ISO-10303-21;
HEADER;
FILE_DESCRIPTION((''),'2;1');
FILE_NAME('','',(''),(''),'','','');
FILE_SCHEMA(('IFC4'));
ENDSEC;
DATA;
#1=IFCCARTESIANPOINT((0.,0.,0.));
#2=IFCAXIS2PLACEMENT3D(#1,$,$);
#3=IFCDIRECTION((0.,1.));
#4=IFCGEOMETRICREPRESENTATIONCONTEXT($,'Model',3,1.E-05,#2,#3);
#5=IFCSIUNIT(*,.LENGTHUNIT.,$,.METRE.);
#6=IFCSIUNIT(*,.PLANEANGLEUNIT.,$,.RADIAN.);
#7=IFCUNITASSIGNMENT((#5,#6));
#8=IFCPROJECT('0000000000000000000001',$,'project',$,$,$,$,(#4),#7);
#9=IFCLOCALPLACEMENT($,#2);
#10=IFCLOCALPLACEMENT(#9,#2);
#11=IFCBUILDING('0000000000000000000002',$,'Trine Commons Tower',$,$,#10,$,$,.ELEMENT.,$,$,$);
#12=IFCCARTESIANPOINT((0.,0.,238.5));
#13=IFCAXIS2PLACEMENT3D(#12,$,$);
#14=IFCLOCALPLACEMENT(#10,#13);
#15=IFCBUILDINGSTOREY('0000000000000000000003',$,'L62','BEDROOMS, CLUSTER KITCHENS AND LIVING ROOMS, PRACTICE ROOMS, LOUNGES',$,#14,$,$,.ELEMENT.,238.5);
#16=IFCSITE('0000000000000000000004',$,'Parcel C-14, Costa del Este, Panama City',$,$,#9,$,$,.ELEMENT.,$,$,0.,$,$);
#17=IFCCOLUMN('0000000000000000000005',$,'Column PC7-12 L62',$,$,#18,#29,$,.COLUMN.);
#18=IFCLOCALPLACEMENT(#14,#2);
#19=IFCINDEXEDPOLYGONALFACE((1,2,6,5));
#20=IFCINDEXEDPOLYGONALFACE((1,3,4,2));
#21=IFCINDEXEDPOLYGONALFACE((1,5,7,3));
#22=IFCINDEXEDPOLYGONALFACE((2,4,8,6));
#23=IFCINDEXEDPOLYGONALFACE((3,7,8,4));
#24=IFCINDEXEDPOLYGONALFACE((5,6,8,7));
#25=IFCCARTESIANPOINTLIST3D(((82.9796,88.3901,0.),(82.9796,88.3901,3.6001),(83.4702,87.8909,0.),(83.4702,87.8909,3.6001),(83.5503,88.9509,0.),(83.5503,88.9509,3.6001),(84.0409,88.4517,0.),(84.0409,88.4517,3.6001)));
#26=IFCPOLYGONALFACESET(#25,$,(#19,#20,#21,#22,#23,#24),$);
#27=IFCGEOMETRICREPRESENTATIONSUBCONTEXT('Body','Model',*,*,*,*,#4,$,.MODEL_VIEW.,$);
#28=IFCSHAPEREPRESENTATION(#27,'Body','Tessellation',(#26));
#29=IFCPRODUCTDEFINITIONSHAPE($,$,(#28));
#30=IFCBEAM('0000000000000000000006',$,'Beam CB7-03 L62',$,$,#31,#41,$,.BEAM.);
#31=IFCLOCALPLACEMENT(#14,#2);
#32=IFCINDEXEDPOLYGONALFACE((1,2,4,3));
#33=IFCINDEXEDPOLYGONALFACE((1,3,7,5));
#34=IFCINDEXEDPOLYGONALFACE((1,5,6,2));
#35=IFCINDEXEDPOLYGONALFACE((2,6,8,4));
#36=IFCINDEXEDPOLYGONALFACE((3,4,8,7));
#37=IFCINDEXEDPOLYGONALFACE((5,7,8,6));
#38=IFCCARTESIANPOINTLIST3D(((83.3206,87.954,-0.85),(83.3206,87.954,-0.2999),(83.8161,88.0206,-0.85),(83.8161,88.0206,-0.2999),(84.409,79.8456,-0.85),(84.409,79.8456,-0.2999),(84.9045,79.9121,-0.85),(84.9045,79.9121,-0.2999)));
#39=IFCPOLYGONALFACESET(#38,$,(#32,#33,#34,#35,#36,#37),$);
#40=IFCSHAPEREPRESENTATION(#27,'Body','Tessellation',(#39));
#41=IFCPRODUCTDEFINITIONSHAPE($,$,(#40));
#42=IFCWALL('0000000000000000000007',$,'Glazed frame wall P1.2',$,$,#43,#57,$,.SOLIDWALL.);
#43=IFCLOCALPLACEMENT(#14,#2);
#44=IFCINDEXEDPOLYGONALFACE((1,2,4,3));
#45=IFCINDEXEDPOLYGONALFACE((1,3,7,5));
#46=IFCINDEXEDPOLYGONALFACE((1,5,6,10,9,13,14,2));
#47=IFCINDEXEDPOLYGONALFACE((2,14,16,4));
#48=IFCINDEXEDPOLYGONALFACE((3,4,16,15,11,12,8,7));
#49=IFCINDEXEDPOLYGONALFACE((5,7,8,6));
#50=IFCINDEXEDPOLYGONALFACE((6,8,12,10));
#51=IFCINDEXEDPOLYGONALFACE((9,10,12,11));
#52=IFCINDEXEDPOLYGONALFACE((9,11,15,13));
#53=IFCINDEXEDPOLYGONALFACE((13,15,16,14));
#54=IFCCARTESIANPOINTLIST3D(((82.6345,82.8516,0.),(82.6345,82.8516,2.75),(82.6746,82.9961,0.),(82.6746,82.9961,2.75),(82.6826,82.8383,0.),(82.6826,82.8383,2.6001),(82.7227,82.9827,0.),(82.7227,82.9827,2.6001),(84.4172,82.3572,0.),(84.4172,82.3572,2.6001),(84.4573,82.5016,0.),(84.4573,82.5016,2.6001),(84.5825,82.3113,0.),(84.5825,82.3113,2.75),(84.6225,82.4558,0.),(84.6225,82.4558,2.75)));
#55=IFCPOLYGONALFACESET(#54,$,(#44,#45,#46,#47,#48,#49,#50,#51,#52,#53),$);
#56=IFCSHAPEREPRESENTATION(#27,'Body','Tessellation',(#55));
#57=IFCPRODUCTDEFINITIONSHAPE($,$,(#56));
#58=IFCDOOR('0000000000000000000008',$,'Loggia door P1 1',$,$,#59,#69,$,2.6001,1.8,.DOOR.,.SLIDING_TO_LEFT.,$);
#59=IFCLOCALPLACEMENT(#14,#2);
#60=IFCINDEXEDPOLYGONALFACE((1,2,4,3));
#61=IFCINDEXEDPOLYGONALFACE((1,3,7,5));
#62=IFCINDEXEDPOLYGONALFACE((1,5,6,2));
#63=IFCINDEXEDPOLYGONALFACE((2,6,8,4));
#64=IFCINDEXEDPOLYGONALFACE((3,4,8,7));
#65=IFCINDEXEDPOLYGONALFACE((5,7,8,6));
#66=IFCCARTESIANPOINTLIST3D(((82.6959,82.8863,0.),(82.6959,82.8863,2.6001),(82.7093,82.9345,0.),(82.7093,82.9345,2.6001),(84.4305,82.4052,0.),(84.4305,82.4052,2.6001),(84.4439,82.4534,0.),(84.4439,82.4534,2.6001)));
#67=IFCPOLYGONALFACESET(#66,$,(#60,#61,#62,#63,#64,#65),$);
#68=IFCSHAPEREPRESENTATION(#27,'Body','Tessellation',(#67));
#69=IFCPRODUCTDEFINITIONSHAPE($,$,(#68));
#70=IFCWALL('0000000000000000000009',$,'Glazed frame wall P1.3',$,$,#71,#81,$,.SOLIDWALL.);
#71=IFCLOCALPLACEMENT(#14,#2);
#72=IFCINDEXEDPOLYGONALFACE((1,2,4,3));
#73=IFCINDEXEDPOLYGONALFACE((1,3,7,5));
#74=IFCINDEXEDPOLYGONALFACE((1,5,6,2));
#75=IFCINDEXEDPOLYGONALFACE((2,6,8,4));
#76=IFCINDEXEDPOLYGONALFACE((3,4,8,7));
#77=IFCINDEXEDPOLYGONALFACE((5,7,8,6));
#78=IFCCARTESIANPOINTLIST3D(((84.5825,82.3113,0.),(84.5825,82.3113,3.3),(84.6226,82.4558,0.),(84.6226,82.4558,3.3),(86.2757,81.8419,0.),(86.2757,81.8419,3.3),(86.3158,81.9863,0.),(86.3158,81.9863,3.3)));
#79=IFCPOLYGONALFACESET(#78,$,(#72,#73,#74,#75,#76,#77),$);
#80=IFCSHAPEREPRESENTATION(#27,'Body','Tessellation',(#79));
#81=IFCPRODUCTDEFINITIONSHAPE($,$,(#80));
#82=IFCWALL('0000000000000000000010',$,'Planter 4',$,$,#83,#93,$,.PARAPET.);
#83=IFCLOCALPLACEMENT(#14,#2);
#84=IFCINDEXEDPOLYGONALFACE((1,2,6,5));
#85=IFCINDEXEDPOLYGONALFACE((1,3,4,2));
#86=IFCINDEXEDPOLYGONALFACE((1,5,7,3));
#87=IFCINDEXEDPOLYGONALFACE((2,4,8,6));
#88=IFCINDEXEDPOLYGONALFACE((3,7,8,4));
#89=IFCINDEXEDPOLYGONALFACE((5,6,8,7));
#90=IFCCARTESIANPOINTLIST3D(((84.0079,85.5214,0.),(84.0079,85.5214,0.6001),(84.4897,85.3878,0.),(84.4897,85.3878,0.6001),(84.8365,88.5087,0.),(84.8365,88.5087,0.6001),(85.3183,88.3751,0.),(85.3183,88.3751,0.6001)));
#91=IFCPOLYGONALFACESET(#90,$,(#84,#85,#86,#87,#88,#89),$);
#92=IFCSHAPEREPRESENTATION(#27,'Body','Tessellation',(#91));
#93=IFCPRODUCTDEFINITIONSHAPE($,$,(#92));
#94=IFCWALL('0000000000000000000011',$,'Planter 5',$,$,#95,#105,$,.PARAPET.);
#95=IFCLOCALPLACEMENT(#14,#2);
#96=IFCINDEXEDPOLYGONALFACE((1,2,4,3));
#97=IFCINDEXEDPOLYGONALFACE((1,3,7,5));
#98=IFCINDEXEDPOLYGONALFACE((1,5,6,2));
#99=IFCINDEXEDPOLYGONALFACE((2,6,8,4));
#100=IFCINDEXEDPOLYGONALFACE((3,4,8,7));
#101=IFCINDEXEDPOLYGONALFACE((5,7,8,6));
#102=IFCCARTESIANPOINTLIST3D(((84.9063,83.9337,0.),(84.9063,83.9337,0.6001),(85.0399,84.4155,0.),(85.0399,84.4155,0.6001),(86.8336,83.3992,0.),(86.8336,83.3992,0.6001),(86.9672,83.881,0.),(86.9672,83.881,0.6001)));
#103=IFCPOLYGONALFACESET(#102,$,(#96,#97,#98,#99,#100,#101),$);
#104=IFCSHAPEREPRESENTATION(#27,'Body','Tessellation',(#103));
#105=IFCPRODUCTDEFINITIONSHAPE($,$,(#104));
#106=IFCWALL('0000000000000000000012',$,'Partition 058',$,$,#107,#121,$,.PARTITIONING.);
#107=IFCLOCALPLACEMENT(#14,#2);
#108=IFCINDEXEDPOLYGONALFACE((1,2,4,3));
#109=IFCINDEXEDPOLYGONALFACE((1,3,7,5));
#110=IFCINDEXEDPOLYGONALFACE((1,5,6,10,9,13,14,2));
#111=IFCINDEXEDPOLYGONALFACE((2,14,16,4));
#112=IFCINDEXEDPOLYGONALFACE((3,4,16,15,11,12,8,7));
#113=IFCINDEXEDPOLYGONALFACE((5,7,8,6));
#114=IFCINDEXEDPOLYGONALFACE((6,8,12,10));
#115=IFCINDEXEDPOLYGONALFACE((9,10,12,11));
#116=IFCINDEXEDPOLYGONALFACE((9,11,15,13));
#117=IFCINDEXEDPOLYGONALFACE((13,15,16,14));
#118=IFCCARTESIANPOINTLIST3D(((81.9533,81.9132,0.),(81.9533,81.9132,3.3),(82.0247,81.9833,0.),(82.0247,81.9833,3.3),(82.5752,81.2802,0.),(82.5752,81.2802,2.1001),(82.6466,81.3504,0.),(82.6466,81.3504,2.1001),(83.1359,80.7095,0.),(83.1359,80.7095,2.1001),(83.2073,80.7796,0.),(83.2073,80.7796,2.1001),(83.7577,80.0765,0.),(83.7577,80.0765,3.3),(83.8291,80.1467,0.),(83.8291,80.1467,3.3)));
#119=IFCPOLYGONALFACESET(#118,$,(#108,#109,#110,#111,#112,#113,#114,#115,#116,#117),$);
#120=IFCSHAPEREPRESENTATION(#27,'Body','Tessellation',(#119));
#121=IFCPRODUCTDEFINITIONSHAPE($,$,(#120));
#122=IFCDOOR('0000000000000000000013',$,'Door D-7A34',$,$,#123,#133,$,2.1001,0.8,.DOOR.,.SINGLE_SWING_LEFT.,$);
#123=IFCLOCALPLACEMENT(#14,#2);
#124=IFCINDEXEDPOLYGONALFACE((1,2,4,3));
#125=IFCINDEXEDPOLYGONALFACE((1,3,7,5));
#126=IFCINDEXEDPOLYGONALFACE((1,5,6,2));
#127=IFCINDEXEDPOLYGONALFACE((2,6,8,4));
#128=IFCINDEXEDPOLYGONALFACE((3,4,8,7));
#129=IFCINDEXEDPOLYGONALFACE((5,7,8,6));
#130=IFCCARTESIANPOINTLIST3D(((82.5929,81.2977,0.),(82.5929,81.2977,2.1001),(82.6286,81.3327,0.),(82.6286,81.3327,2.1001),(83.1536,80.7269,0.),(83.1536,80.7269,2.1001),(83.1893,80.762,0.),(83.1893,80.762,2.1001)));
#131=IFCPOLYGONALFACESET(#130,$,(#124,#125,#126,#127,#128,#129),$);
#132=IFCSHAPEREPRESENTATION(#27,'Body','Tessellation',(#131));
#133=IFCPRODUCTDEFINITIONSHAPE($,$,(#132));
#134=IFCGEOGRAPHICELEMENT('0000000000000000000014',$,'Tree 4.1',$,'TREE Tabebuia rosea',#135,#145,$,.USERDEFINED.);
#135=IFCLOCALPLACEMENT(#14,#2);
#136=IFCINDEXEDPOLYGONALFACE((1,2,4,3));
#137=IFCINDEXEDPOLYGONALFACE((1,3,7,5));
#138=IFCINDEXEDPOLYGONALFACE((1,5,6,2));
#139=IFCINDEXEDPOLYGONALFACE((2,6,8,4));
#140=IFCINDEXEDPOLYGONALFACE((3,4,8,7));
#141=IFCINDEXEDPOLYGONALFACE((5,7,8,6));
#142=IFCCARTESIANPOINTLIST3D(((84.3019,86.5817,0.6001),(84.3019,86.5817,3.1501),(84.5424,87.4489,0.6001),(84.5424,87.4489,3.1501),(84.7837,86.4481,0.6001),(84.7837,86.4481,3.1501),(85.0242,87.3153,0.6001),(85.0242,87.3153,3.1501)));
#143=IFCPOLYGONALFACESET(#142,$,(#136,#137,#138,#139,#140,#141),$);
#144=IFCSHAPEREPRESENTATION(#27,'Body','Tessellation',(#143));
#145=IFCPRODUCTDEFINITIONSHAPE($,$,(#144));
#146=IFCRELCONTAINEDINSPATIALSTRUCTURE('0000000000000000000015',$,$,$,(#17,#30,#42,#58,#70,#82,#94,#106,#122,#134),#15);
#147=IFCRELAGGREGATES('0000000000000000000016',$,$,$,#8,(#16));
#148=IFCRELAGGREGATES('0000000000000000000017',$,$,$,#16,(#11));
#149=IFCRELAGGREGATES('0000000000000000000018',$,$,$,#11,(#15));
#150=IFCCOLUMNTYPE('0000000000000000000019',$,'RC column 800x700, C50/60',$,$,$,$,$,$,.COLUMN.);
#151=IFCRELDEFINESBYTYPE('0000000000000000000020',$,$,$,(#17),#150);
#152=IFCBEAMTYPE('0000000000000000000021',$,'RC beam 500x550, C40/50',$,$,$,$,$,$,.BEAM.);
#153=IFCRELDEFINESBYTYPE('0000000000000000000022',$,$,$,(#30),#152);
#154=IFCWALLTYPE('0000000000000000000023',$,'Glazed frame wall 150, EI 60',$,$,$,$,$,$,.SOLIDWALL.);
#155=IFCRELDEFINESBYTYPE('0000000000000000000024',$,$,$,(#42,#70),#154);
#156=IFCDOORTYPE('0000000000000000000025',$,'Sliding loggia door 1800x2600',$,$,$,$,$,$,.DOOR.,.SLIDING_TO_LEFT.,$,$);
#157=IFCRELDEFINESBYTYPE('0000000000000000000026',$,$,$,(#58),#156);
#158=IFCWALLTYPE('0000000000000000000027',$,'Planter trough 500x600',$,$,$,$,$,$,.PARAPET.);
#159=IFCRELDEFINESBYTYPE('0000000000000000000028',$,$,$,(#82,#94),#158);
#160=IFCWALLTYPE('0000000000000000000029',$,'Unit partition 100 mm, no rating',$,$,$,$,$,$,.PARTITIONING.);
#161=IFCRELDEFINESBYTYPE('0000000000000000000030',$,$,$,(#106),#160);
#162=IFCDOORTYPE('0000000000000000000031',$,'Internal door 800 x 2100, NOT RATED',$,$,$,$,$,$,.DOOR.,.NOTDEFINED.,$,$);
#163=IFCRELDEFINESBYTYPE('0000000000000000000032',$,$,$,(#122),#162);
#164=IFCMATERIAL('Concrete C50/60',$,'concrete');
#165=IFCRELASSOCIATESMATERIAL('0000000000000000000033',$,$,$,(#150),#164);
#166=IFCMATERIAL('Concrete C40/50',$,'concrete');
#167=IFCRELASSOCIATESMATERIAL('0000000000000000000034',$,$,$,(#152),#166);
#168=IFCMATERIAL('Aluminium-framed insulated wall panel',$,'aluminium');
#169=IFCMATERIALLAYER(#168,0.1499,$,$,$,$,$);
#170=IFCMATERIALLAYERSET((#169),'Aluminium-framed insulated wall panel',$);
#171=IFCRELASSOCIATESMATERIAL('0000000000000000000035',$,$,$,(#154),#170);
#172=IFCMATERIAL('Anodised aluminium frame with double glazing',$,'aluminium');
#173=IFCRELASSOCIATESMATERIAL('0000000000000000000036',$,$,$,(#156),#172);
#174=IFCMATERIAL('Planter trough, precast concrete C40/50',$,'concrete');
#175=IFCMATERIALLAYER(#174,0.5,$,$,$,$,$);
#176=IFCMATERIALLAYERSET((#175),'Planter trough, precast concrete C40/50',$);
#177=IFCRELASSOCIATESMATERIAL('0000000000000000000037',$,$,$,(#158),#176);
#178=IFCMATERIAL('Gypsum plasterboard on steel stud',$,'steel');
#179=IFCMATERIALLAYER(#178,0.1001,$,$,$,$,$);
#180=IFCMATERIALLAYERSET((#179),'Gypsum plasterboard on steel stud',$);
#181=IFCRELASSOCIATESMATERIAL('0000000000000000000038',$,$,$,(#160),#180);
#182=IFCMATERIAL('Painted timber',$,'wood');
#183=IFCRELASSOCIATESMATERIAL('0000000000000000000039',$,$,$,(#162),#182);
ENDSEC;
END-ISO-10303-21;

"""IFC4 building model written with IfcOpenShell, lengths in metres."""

from ifc_helpers import new_model, si_unit, direction, frame, frame_2d, origin, origin_2d, place, context, subcontext, project, spatial, polyline, rectangle, outline, extrude, material, layer, layer_set, material_profile, profile_set, type_object, element, fill, save


model = new_model("IFC4")

# Units and contexts
model_context = context("Model", 3, precision=1e-05, world=origin(), true_north=direction((0.0, 1.0)))
body_context = subcontext(model_context, "Body", "Model", "MODEL_VIEW")
ifc_project = project(units=[si_unit("LENGTHUNIT", "METRE"), si_unit("PLANEANGLEUNIT", "RADIAN")], contexts=[model_context])

# Site, building, storey
site_placement = place(None, origin())
site = spatial("IfcSite", under=ifc_project, at=site_placement, Name="Parcel C-14, Costa del Este, Panama City", CompositionType="ELEMENT", RefElevation=0.0)
building_placement = place(site_placement, origin())
building = spatial("IfcBuilding", under=site, at=building_placement, Name="Trine Commons Tower", CompositionType="ELEMENT")
storey_placement = place(building_placement, frame((0.0, 0.0, 238.5)))
storey = spatial("IfcBuildingStorey", under=building, at=storey_placement, Name="L62", Description="BEDROOMS, CLUSTER KITCHENS AND LIVING ROOMS, PRACTICE ROOMS, LOUNGES", CompositionType="ELEMENT", Elevation=238.5)

# Column
ifc_material_1 = material(Name="Concrete C50/60", Category="concrete")
ifc_material_profile_1 = material_profile(ifc_material_1, rectangle(XDim=0.8, YDim=0.7, at=origin_2d()), Name="RC 800x700")
ifc_profile_set_1 = profile_set([ifc_material_profile_1], Name="Concrete C50/60")
column_type = type_object("IfcColumnType", Name="RC column 800x700, C50/60", PredefinedType="COLUMN", material=ifc_profile_set_1)
column_placement = place(storey_placement, frame((83.5103, 88.4209, 0.0), z_axis=(0.0, 0.0, 1.0), x_axis=(0.71325, 0.700909, 0.0)))
element("IfcColumn", 1, at=column_placement, inside=storey, type_object=column_type, Name="Column PC7-12 L62", PredefinedType="COLUMN", context=body_context, shape_type="SweptSolid", body=[
    extrude(rectangle(XDim=0.8, YDim=0.7, at=origin_2d()), origin(), (0.0, 0.0, 1.0), 3.6001),
])

# Beam
ifc_material_2 = material(Name="Concrete C40/50", Category="concrete")
ifc_material_profile_2 = material_profile(ifc_material_2, rectangle(XDim=0.5, YDim=0.55, at=origin_2d()), Name="RC 500x550")
ifc_profile_set_2 = profile_set([ifc_material_profile_2], Name="Concrete C40/50")
beam_type = type_object("IfcBeamType", Name="RC beam 500x550, C40/50", PredefinedType="BEAM", material=ifc_profile_set_2)
beam_placement = place(storey_placement, frame((83.5684, 87.9873, -0.575), z_axis=(0.133035, -0.991111, 0.0), x_axis=(0.991111, 0.133035, 0.0)))
element("IfcBeam", 2, at=beam_placement, inside=storey, type_object=beam_type, Name="Beam CB7-03 L62", PredefinedType="BEAM", context=body_context, shape_type="SweptSolid", body=[
    extrude(rectangle(XDim=0.5, YDim=0.55, at=origin_2d()), origin(), (0.0, 0.0, 1.0), 8.1812),
])

# Shared definitions
ifc_material_3 = material(Name="Aluminium-framed insulated wall panel", Category="aluminium")
ifc_layer_1 = layer(ifc_material_3, 0.1499)
ifc_layer_set_1 = layer_set([ifc_layer_1], Name="Aluminium-framed insulated wall panel")
wall_type_1 = type_object("IfcWallType", Name="Glazed frame wall 150, EI 60", PredefinedType="SOLIDWALL", material=ifc_layer_set_1)

# Wall, opening, door
wall_1_placement = place(storey_placement, frame((82.6545, 82.9238, 0.0), z_axis=(0.0, 0.0, 1.0), x_axis=(0.963623, -0.267264, 0.0)))
wall_1 = element("IfcWall", 3, at=wall_1_placement, inside=storey, type_object=wall_type_1, Name="Glazed frame wall P1.2", PredefinedType="SOLIDWALL", context=body_context, shape_type="SweptSolid", body=[
    extrude(outline(polyline([(0.0, -0.075), (2.0215, -0.075), (2.0215, 0.075), (0.0, 0.075), (0.0, -0.075)])), origin(), (0.0, 0.0, 1.0), 2.75),
])
opening_1_placement = place(wall_1_placement, frame((0.05, 0.0, 0.0)))
opening_1 = element("IfcOpeningElement", 4, at=opening_1_placement, cuts=wall_1, PredefinedType="OPENING", context=body_context, shape_type="SweptSolid", body=[
    extrude(rectangle(XDim=1.8, YDim=2.6001, at=frame_2d((0.8999, 1.3))), frame((0.0, 0.085, 0.0), z_axis=(0.0, -1.0, 0.0), x_axis=(1.0, 0.0, 0.0)), (0.0, 0.0, 1.0), 0.1699),
])
ifc_material_4 = material(Name="Anodised aluminium frame with double glazing", Category="aluminium")
door_type_1 = type_object("IfcDoorType", Name="Sliding loggia door 1800x2600", OperationType="SLIDING_TO_LEFT", PredefinedType="DOOR", material=ifc_material_4)
door_1_placement = place(opening_1_placement, origin())
door_1 = element("IfcDoor", 5, at=door_1_placement, inside=storey, type_object=door_type_1, Name="Loggia door P1 1", OperationType="SLIDING_TO_LEFT", OverallHeight=2.6001, OverallWidth=1.8, PredefinedType="DOOR", context=body_context, shape_type="SweptSolid", body=[
    extrude(rectangle(XDim=1.8, YDim=2.6001, at=frame_2d((0.8999, 1.3))), frame((0.0, 0.0249, 0.0), z_axis=(0.0, -1.0, 0.0), x_axis=(1.0, 0.0, 0.0)), (0.0, 0.0, 1.0), 0.05),
])
fill(opening_1, door_1)

# Walls
wall_2_placement = place(storey_placement, frame((84.6025, 82.3835, 0.0), z_axis=(0.0, 0.0, 1.0), x_axis=(0.963649, -0.267171, 0.0)))
element("IfcWall", 6, at=wall_2_placement, inside=storey, type_object=wall_type_1, Name="Glazed frame wall P1.3", PredefinedType="SOLIDWALL", context=body_context, shape_type="SweptSolid", body=[
    extrude(outline(polyline([(0.0, -0.075), (1.7571, -0.075), (1.7571, 0.075), (0.0, 0.075), (0.0, -0.075)])), origin(), (0.0, 0.0, 1.0), 3.3),
])
ifc_material_5 = material(Name="Planter trough, precast concrete C40/50", Category="concrete")
ifc_layer_2 = layer(ifc_material_5, 0.5)
ifc_layer_set_2 = layer_set([ifc_layer_2], Name="Planter trough, precast concrete C40/50")
wall_type_2 = type_object("IfcWallType", Name="Planter trough 500x600", PredefinedType="PARAPET", material=ifc_layer_set_2)
wall_3_placement = place(storey_placement, frame((85.0774, 88.4419, 0.0), z_axis=(0.0, 0.0, 1.0), x_axis=(-0.267286, -0.963617, 0.0)))
element("IfcWall", 7, at=wall_3_placement, inside=storey, type_object=wall_type_2, Name="Planter 4", PredefinedType="PARAPET", context=body_context, shape_type="SweptSolid", body=[
    extrude(rectangle(XDim=3.1001, YDim=0.5, at=frame_2d((1.55, 0.0))), origin(), (0.0, 0.0, 1.0), 0.6001),
])
wall_4_placement = place(storey_placement, frame((84.9731, 84.1746, 0.0), z_axis=(0.0, 0.0, 1.0), x_axis=(0.963637, -0.267216, 0.0)))
element("IfcWall", 8, at=wall_4_placement, inside=storey, type_object=wall_type_2, Name="Planter 5", PredefinedType="PARAPET", context=body_context, shape_type="SweptSolid", body=[
    extrude(rectangle(XDim=2.0, YDim=0.5, at=frame_2d((1.0, 0.0))), origin(), (0.0, 0.0, 1.0), 0.6001),
])

# Wall, opening, door
ifc_material_6 = material(Name="Gypsum plasterboard on steel stud", Category="steel")
ifc_layer_3 = layer(ifc_material_6, 0.1001)
ifc_layer_set_3 = layer_set([ifc_layer_3], Name="Gypsum plasterboard on steel stud")
wall_type_3 = type_object("IfcWallType", Name="Unit partition 100 mm, no rating", PredefinedType="PARTITIONING", material=ifc_layer_set_3)
wall_5_placement = place(storey_placement, frame((81.989, 81.9482, 0.0), z_axis=(0.0, 0.0, 1.0), x_axis=(0.700821, -0.713337, 0.0)))
wall_5 = element("IfcWall", 9, at=wall_5_placement, inside=storey, type_object=wall_type_3, Name="Partition 058", PredefinedType="PARTITIONING", context=body_context, shape_type="SweptSolid", body=[
    extrude(rectangle(XDim=2.5747, YDim=0.1001, at=frame_2d((1.2874, 0.0))), origin(), (0.0, 0.0, 1.0), 3.3),
])
opening_2_placement = place(wall_5_placement, frame((0.8875, 0.0, 0.0)))
opening_2 = element("IfcOpeningElement", 10, at=opening_2_placement, cuts=wall_5, PredefinedType="OPENING", context=body_context, shape_type="SweptSolid", body=[
    extrude(rectangle(XDim=0.8, YDim=2.1001, at=frame_2d((0.3999, 1.05))), frame((0.0, 0.0601, 0.0), z_axis=(0.0, -1.0, 0.0), x_axis=(1.0, 0.0, 0.0)), (0.0, 0.0, 1.0), 0.1201),
])
ifc_material_7 = material(Name="Painted timber", Category="wood")
door_type_2 = type_object("IfcDoorType", Name="Internal door 800 x 2100, NOT RATED", OperationType="NOTDEFINED", PredefinedType="DOOR", material=ifc_material_7)
door_2_placement = place(opening_2_placement, origin())
door_2 = element("IfcDoor", 11, at=door_2_placement, inside=storey, type_object=door_type_2, Name="Door D-7A34", OperationType="SINGLE_SWING_LEFT", OverallHeight=2.1001, OverallWidth=0.8, PredefinedType="DOOR", context=body_context, shape_type="SweptSolid", body=[
    extrude(rectangle(XDim=0.8, YDim=2.1001, at=frame_2d((0.3999, 1.05))), frame((0.0, 0.0249, 0.0), z_axis=(0.0, -1.0, 0.0), x_axis=(1.0, 0.0, 0.0)), (0.0, 0.0, 1.0), 0.05),
])
fill(opening_2, door_2)

# Geographic element
geographic_element_placement = place(storey_placement, frame((84.6631, 86.9485, 0.6001), z_axis=(0.0, 0.0, 1.0), x_axis=(-0.26724, -0.96363, 0.0)))
element("IfcGeographicElement", 12, at=geographic_element_placement, inside=storey, Name="Tree 4.1", ObjectType="TREE Tabebuia rosea", PredefinedType="USERDEFINED", context=body_context, shape_type="SweptSolid", body=[
    extrude(rectangle(XDim=0.8999, YDim=0.5, at=origin_2d()), origin(), (0.0, 0.0, 1.0), 2.55),
])

save(model, "model.ifc")
